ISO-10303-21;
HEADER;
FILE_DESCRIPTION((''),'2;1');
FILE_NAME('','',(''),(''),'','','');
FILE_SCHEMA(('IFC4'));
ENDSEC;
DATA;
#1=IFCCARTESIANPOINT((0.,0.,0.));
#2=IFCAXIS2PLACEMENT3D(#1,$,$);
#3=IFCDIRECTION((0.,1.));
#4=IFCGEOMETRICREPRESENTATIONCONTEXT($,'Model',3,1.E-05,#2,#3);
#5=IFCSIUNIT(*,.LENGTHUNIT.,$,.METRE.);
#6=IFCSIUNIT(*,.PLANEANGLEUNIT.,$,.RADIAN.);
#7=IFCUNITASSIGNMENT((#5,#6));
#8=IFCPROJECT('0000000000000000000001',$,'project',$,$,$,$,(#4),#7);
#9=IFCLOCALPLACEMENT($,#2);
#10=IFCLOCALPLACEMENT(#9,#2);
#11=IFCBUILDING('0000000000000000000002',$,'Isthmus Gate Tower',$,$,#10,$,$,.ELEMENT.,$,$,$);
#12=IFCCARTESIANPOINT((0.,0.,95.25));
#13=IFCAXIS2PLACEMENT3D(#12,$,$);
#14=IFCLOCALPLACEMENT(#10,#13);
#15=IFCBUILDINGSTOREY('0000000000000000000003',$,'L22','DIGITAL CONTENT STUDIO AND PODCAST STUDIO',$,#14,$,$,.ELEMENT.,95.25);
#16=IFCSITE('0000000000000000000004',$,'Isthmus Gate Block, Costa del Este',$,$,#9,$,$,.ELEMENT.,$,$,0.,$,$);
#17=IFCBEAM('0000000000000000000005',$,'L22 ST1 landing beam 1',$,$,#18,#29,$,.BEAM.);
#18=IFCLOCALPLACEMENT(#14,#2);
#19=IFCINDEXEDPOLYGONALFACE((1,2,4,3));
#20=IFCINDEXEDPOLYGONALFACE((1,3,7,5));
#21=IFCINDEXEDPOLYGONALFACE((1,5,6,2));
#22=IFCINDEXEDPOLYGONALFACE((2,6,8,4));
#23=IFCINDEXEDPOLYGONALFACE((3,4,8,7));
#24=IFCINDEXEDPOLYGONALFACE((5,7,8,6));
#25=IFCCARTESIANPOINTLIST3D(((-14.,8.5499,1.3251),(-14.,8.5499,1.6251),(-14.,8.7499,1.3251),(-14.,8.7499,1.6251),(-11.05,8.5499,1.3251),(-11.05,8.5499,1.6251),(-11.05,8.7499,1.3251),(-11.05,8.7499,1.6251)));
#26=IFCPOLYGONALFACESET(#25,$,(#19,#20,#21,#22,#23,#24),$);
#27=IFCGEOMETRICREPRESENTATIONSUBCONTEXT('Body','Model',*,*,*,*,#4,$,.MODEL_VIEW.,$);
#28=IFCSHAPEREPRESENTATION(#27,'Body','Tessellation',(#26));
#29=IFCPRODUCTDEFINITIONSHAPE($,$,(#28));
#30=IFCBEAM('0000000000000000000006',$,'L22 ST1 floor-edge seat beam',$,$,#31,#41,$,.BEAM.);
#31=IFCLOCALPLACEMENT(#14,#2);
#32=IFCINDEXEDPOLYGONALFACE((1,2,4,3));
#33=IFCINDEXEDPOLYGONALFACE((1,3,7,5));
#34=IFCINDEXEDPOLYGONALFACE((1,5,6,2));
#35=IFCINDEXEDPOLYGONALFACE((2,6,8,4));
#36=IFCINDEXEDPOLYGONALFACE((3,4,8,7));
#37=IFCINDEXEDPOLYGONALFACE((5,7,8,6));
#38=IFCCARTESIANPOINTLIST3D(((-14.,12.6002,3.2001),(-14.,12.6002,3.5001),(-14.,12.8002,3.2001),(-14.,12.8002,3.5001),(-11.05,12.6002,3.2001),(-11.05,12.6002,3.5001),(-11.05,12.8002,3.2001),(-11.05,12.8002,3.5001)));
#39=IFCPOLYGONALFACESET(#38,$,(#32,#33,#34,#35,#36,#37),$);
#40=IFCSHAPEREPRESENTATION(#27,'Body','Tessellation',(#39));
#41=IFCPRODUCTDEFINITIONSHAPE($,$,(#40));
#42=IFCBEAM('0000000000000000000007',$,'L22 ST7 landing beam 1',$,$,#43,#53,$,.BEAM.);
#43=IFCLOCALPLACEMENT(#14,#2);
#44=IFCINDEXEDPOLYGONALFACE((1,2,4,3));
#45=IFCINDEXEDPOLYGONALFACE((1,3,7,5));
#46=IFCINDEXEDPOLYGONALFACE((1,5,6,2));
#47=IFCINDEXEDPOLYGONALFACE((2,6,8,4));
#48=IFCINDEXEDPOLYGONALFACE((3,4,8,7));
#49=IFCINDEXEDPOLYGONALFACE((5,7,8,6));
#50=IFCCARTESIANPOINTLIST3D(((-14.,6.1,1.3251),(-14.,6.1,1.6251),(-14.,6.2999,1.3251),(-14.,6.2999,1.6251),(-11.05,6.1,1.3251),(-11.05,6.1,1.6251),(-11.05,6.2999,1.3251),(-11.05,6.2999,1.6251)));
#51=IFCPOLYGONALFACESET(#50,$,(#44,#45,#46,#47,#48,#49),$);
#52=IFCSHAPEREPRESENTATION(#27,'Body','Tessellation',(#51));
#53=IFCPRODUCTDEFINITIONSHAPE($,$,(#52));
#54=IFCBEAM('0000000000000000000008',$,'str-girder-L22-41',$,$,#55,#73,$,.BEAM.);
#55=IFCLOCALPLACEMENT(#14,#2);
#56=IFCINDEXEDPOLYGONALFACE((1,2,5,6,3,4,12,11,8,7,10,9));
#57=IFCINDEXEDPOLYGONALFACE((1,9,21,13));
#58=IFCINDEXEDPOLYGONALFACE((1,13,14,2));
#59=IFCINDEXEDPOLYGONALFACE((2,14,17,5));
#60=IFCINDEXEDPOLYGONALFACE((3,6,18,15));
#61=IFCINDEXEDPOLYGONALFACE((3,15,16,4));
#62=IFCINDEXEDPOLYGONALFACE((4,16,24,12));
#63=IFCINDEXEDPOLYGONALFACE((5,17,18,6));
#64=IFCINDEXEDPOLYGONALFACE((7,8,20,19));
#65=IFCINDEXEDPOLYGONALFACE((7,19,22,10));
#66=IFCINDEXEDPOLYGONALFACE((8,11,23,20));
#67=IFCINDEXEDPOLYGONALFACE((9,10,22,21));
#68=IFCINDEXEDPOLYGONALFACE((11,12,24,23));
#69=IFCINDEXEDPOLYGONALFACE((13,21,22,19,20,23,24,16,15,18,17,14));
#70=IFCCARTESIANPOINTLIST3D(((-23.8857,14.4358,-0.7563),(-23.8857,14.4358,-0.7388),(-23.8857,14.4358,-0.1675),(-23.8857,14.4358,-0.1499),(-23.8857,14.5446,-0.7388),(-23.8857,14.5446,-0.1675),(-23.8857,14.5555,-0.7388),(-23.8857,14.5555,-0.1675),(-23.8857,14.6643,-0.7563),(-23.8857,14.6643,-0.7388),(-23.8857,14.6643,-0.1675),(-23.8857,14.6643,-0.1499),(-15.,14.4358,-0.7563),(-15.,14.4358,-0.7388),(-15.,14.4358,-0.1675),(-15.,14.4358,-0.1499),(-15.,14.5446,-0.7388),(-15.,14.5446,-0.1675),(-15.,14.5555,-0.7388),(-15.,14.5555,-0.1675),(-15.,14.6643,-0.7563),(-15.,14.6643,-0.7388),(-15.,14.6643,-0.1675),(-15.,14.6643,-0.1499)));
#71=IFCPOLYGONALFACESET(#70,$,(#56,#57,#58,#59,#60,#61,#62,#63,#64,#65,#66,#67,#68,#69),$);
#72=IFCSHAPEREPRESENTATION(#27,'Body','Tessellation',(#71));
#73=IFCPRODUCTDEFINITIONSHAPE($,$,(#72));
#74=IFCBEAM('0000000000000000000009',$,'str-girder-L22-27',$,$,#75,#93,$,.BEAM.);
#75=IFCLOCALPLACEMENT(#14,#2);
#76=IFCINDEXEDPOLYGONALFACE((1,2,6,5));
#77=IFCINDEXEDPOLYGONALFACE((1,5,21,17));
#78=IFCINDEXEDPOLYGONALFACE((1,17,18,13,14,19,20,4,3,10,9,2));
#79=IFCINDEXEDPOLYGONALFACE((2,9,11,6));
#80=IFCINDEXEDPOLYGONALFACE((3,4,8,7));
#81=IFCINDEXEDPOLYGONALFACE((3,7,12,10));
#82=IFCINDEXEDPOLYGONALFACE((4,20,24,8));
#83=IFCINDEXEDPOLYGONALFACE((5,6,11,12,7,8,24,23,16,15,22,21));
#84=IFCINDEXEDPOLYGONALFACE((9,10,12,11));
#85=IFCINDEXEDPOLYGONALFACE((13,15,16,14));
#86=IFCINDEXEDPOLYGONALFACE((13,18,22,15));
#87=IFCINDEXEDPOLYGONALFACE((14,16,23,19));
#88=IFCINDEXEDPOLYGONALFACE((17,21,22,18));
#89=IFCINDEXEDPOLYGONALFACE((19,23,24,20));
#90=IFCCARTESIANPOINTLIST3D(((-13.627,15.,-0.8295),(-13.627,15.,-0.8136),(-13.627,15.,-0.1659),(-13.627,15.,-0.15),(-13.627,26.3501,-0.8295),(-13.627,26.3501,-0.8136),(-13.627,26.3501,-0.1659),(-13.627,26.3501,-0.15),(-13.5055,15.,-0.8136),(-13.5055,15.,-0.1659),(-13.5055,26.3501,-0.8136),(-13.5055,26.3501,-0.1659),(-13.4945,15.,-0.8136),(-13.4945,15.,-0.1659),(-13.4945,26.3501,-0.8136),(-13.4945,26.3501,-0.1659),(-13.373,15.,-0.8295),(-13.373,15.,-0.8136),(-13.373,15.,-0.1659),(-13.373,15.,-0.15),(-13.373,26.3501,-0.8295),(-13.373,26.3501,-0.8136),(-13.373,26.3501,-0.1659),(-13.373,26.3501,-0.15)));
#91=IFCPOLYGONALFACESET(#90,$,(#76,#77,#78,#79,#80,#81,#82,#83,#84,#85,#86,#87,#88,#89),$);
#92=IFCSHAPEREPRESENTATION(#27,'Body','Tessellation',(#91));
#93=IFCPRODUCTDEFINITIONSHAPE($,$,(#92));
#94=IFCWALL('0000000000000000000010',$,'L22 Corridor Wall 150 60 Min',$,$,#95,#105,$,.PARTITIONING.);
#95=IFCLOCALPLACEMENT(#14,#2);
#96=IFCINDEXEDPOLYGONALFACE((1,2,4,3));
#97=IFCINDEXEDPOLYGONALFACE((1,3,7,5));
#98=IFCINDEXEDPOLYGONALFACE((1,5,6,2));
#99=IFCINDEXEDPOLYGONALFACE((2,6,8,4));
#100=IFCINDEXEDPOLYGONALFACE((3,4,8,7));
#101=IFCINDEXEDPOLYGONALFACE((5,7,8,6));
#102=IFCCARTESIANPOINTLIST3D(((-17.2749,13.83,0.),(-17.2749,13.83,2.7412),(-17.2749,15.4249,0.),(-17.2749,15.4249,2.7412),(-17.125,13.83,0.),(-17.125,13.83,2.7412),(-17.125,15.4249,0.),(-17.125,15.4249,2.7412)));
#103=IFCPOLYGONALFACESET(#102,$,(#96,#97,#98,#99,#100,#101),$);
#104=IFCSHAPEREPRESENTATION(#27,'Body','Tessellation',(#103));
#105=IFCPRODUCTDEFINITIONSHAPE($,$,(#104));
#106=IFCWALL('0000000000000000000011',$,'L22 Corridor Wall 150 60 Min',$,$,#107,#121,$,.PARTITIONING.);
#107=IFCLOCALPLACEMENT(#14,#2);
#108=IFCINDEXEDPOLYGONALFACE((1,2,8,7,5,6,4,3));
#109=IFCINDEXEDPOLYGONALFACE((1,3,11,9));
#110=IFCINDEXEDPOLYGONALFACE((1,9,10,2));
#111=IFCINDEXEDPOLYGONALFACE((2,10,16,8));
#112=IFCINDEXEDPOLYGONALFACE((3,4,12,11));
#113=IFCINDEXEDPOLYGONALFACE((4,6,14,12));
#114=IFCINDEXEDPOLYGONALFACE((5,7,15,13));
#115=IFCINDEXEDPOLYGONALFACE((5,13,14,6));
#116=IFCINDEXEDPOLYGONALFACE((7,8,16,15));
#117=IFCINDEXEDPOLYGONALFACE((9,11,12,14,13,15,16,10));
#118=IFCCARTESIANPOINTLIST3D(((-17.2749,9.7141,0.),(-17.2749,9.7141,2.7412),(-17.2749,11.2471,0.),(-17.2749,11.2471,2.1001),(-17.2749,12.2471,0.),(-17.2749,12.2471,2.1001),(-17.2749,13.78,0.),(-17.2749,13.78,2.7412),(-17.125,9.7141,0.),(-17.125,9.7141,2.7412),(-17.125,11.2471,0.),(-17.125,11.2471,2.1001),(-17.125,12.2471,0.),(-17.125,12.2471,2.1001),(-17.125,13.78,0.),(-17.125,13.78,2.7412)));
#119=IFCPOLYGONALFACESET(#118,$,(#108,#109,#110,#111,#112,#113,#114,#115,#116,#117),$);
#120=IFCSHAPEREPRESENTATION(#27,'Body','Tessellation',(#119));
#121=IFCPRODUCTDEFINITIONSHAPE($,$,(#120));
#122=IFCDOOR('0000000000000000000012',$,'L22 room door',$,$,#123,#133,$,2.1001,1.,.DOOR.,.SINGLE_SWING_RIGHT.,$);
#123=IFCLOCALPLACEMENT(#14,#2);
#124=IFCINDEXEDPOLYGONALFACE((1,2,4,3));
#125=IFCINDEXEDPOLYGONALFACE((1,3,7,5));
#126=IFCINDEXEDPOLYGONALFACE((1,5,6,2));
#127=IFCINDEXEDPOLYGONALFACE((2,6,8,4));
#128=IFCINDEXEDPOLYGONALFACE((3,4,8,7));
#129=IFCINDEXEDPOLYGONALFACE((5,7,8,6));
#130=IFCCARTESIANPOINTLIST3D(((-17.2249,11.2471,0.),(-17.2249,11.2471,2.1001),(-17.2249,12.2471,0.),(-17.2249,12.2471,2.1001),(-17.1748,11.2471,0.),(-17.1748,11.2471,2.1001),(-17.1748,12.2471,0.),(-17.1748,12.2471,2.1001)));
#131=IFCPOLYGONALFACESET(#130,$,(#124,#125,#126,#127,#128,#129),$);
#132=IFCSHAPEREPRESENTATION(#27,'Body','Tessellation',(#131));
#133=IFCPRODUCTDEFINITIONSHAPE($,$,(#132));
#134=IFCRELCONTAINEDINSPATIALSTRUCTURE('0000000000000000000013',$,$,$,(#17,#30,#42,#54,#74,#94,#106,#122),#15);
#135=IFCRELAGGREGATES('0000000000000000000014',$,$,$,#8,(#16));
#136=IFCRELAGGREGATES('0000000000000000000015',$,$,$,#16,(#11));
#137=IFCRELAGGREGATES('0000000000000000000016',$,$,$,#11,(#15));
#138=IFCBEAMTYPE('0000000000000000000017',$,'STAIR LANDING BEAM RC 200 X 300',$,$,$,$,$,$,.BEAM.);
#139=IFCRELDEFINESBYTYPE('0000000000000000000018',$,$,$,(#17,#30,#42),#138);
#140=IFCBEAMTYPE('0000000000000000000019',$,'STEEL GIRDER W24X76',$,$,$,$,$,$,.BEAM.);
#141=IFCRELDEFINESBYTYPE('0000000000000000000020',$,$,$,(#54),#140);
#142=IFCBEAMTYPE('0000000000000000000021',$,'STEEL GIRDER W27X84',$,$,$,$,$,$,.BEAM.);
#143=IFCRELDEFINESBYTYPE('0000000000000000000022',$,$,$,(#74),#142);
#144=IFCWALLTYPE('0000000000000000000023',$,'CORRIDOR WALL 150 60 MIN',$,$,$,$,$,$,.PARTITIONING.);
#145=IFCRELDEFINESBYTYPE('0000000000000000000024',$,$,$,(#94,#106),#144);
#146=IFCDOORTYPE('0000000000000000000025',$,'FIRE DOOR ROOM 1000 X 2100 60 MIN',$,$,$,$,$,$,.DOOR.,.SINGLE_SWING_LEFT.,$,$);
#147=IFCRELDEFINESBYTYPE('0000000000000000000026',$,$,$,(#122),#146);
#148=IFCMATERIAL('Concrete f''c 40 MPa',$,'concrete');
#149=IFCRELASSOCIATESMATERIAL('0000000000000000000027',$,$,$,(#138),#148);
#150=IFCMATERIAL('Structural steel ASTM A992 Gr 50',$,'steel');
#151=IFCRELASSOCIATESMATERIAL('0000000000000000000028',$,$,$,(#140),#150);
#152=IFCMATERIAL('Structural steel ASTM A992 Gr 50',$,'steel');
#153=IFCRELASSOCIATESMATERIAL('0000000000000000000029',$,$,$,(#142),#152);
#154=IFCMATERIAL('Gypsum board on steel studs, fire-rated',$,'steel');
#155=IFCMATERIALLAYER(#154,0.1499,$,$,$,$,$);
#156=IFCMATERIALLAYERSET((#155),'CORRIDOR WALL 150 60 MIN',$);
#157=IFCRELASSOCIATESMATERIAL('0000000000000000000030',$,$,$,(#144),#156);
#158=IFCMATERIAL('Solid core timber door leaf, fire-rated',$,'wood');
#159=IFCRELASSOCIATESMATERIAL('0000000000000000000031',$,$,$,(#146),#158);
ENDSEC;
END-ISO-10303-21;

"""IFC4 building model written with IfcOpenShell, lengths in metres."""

from ifc_helpers import new_model, si_unit, direction, frame, frame_2d, origin, origin_2d, place, context, subcontext, project, spatial, rectangle, i_section, extrude, material, layer, layer_set, material_profile, profile_set, type_object, element, fill, save


model = new_model("IFC4")

# Units and contexts
model_context = context("Model", 3, precision=1e-05, world=origin(), true_north=direction((0.0, 1.0)))
body_context = subcontext(model_context, "Body", "Model", "MODEL_VIEW")
ifc_project = project(units=[si_unit("LENGTHUNIT", "METRE"), si_unit("PLANEANGLEUNIT", "RADIAN")], contexts=[model_context])

# Site, building, storey
site_placement = place(None, origin())
site = spatial("IfcSite", under=ifc_project, at=site_placement, Name="Isthmus Gate Block, Costa del Este", CompositionType="ELEMENT", RefElevation=0.0)
building_placement = place(site_placement, origin())
building = spatial("IfcBuilding", under=site, at=building_placement, Name="Isthmus Gate Tower", CompositionType="ELEMENT")
storey_placement = place(building_placement, frame((0.0, 0.0, 95.25)))
storey = spatial("IfcBuildingStorey", under=building, at=storey_placement, Name="L22", Description="DIGITAL CONTENT STUDIO AND PODCAST STUDIO", CompositionType="ELEMENT", Elevation=95.25)

# Beams
ifc_material_1 = material(Name="Concrete f'c 40 MPa", Category="concrete")
ifc_material_profile_1 = material_profile(ifc_material_1, rectangle(XDim=0.2, YDim=0.3, at=origin_2d()), Name="STAIR LANDING BEAM RC 200 X 300")
ifc_profile_set_1 = profile_set([ifc_material_profile_1], Name="Concrete f'c 40 MPa")
beam_type_1 = type_object("IfcBeamType", Name="STAIR LANDING BEAM RC 200 X 300", PredefinedType="BEAM", material=ifc_profile_set_1)
for number, where, z_axis, x_axis, name in (
    (1, (-14.0, 8.6499, 1.4751), (1.0, 0.0, 0.0), (0.0, 1.0, 0.0), "L22 ST1 landing beam 1"),
    (2, (-14.0, 12.7002, 3.3501), (1.0, 0.0, 0.0), (0.0, 1.0, 0.0), "L22 ST1 floor-edge seat beam"),
    (3, (-14.0, 6.2, 1.4751), (1.0, 0.0, 0.0), (0.0, 1.0, 0.0), "L22 ST7 landing beam 1"),
):
    element("IfcBeam", number, at=place(storey_placement, frame(where, z_axis=z_axis, x_axis=x_axis)), inside=storey, type_object=beam_type_1, Name=name, PredefinedType="BEAM", context=body_context, shape_type="SweptSolid", body=[
        extrude(rectangle(XDim=0.2, YDim=0.3, at=origin_2d()), origin(), (0.0, 0.0, 1.0), 2.95),
    ])
ifc_material_2 = material(Name="Structural steel ASTM A992 Gr 50", Category="steel")
ifc_material_profile_2 = material_profile(ifc_material_2, i_section(OverallWidth=0.2285, OverallDepth=0.6064, WebThickness=0.011, FlangeThickness=0.0176, at=origin_2d()), Name="W24X76")
ifc_profile_set_2 = profile_set([ifc_material_profile_2], Name="Structural steel ASTM A992 Gr 50")
beam_type_2 = type_object("IfcBeamType", Name="STEEL GIRDER W24X76", PredefinedType="BEAM", material=ifc_profile_set_2)
beam_1_placement = place(storey_placement, frame((-15.0, 14.55, -0.4531), z_axis=(-1.0, 0.0, 0.0), x_axis=(0.0, -1.0, 0.0)))
element("IfcBeam", 4, at=beam_1_placement, inside=storey, type_object=beam_type_2, Name="str-girder-L22-41", PredefinedType="BEAM", context=body_context, shape_type="SweptSolid", body=[
    extrude(i_section(OverallWidth=0.2285, OverallDepth=0.6064, WebThickness=0.011, FlangeThickness=0.0176, at=origin_2d()), origin(), (0.0, 0.0, 1.0), 8.8857),
])
ifc_material_3 = material(Name="Structural steel ASTM A992 Gr 50", Category="steel")
ifc_material_profile_3 = material_profile(ifc_material_3, i_section(OverallWidth=0.2539, OverallDepth=0.6794, WebThickness=0.011, FlangeThickness=0.0159, at=origin_2d()), Name="W27X84")
ifc_profile_set_3 = profile_set([ifc_material_profile_3], Name="Structural steel ASTM A992 Gr 50")
beam_type_3 = type_object("IfcBeamType", Name="STEEL GIRDER W27X84", PredefinedType="BEAM", material=ifc_profile_set_3)
beam_2_placement = place(storey_placement, frame((-13.5, 15.0, -0.4897), z_axis=(0.0, 1.0, 0.0), x_axis=(-1.0, 0.0, 0.0)))
element("IfcBeam", 5, at=beam_2_placement, inside=storey, type_object=beam_type_3, Name="str-girder-L22-27", PredefinedType="BEAM", context=body_context, shape_type="SweptSolid", body=[
    extrude(i_section(OverallWidth=0.2539, OverallDepth=0.6794, WebThickness=0.011, FlangeThickness=0.0159, at=origin_2d()), origin(), (0.0, 0.0, 1.0), 11.3501),
])

# Wall
ifc_material_4 = material(Name="Gypsum board on steel studs, fire-rated", Category="steel")
ifc_layer_1 = layer(ifc_material_4, 0.1499)
ifc_layer_set_1 = layer_set([ifc_layer_1], Name="CORRIDOR WALL 150 60 MIN")
wall_type_1 = type_object("IfcWallType", Name="CORRIDOR WALL 150 60 MIN", PredefinedType="PARTITIONING", material=ifc_layer_set_1)
wall_1_placement = place(storey_placement, frame((-17.2, 13.8301, 0.0), z_axis=(0.0, 0.0, 1.0), x_axis=(0.0, 1.0, 0.0)))
element("IfcWall", 6, at=wall_1_placement, inside=storey, type_object=wall_type_1, Name="L22 Corridor Wall 150 60 Min", PredefinedType="PARTITIONING", context=body_context, shape_type="SweptSolid", body=[
    extrude(rectangle(XDim=1.595, YDim=0.1499, at=frame_2d((0.7974, 0.0))), origin(), (0.0, 0.0, 1.0), 2.7412),
])

# Wall, opening, door
wall_2_placement = place(storey_placement, frame((-17.2, 9.7141, 0.0), z_axis=(0.0, 0.0, 1.0), x_axis=(0.0, 1.0, 0.0)))
wall_2 = element("IfcWall", 7, at=wall_2_placement, inside=storey, type_object=wall_type_1, Name="L22 Corridor Wall 150 60 Min", PredefinedType="PARTITIONING", context=body_context, shape_type="SweptSolid", body=[
    extrude(rectangle(XDim=4.0659, YDim=0.1499, at=frame_2d((2.033, 0.0))), origin(), (0.0, 0.0, 1.0), 2.7412),
])
opening_1_placement = place(wall_2_placement, frame((1.533, 0.0, 0.0)))
opening_1 = element("IfcOpeningElement", 8, at=opening_1_placement, cuts=wall_2, PredefinedType="OPENING", context=body_context, shape_type="SweptSolid", body=[
    extrude(rectangle(XDim=1.0, YDim=2.1001, at=frame_2d((0.5, 1.05))), frame((0.0, 0.085, 0.0), z_axis=(0.0, -1.0, 0.0), x_axis=(1.0, 0.0, 0.0)), (0.0, 0.0, 1.0), 0.1699),
])
ifc_material_5 = material(Name="Solid core timber door leaf, fire-rated", Category="wood")
door_type_1 = type_object("IfcDoorType", Name="FIRE DOOR ROOM 1000 X 2100 60 MIN", OperationType="SINGLE_SWING_LEFT", PredefinedType="DOOR", material=ifc_material_5)
door_1_placement = place(opening_1_placement, origin())
door_1 = element("IfcDoor", 9, at=door_1_placement, inside=storey, type_object=door_type_1, Name="L22 room door", OperationType="SINGLE_SWING_RIGHT", OverallHeight=2.1001, OverallWidth=1.0, PredefinedType="DOOR", context=body_context, shape_type="SweptSolid", body=[
    extrude(rectangle(XDim=1.0, YDim=2.1001, at=frame_2d((0.5, 1.05))), frame((0.0, 0.0249, 0.0), z_axis=(0.0, -1.0, 0.0), x_axis=(1.0, 0.0, 0.0)), (0.0, 0.0, 1.0), 0.05),
])
fill(opening_1, door_1)

save(model, "model.ifc")
